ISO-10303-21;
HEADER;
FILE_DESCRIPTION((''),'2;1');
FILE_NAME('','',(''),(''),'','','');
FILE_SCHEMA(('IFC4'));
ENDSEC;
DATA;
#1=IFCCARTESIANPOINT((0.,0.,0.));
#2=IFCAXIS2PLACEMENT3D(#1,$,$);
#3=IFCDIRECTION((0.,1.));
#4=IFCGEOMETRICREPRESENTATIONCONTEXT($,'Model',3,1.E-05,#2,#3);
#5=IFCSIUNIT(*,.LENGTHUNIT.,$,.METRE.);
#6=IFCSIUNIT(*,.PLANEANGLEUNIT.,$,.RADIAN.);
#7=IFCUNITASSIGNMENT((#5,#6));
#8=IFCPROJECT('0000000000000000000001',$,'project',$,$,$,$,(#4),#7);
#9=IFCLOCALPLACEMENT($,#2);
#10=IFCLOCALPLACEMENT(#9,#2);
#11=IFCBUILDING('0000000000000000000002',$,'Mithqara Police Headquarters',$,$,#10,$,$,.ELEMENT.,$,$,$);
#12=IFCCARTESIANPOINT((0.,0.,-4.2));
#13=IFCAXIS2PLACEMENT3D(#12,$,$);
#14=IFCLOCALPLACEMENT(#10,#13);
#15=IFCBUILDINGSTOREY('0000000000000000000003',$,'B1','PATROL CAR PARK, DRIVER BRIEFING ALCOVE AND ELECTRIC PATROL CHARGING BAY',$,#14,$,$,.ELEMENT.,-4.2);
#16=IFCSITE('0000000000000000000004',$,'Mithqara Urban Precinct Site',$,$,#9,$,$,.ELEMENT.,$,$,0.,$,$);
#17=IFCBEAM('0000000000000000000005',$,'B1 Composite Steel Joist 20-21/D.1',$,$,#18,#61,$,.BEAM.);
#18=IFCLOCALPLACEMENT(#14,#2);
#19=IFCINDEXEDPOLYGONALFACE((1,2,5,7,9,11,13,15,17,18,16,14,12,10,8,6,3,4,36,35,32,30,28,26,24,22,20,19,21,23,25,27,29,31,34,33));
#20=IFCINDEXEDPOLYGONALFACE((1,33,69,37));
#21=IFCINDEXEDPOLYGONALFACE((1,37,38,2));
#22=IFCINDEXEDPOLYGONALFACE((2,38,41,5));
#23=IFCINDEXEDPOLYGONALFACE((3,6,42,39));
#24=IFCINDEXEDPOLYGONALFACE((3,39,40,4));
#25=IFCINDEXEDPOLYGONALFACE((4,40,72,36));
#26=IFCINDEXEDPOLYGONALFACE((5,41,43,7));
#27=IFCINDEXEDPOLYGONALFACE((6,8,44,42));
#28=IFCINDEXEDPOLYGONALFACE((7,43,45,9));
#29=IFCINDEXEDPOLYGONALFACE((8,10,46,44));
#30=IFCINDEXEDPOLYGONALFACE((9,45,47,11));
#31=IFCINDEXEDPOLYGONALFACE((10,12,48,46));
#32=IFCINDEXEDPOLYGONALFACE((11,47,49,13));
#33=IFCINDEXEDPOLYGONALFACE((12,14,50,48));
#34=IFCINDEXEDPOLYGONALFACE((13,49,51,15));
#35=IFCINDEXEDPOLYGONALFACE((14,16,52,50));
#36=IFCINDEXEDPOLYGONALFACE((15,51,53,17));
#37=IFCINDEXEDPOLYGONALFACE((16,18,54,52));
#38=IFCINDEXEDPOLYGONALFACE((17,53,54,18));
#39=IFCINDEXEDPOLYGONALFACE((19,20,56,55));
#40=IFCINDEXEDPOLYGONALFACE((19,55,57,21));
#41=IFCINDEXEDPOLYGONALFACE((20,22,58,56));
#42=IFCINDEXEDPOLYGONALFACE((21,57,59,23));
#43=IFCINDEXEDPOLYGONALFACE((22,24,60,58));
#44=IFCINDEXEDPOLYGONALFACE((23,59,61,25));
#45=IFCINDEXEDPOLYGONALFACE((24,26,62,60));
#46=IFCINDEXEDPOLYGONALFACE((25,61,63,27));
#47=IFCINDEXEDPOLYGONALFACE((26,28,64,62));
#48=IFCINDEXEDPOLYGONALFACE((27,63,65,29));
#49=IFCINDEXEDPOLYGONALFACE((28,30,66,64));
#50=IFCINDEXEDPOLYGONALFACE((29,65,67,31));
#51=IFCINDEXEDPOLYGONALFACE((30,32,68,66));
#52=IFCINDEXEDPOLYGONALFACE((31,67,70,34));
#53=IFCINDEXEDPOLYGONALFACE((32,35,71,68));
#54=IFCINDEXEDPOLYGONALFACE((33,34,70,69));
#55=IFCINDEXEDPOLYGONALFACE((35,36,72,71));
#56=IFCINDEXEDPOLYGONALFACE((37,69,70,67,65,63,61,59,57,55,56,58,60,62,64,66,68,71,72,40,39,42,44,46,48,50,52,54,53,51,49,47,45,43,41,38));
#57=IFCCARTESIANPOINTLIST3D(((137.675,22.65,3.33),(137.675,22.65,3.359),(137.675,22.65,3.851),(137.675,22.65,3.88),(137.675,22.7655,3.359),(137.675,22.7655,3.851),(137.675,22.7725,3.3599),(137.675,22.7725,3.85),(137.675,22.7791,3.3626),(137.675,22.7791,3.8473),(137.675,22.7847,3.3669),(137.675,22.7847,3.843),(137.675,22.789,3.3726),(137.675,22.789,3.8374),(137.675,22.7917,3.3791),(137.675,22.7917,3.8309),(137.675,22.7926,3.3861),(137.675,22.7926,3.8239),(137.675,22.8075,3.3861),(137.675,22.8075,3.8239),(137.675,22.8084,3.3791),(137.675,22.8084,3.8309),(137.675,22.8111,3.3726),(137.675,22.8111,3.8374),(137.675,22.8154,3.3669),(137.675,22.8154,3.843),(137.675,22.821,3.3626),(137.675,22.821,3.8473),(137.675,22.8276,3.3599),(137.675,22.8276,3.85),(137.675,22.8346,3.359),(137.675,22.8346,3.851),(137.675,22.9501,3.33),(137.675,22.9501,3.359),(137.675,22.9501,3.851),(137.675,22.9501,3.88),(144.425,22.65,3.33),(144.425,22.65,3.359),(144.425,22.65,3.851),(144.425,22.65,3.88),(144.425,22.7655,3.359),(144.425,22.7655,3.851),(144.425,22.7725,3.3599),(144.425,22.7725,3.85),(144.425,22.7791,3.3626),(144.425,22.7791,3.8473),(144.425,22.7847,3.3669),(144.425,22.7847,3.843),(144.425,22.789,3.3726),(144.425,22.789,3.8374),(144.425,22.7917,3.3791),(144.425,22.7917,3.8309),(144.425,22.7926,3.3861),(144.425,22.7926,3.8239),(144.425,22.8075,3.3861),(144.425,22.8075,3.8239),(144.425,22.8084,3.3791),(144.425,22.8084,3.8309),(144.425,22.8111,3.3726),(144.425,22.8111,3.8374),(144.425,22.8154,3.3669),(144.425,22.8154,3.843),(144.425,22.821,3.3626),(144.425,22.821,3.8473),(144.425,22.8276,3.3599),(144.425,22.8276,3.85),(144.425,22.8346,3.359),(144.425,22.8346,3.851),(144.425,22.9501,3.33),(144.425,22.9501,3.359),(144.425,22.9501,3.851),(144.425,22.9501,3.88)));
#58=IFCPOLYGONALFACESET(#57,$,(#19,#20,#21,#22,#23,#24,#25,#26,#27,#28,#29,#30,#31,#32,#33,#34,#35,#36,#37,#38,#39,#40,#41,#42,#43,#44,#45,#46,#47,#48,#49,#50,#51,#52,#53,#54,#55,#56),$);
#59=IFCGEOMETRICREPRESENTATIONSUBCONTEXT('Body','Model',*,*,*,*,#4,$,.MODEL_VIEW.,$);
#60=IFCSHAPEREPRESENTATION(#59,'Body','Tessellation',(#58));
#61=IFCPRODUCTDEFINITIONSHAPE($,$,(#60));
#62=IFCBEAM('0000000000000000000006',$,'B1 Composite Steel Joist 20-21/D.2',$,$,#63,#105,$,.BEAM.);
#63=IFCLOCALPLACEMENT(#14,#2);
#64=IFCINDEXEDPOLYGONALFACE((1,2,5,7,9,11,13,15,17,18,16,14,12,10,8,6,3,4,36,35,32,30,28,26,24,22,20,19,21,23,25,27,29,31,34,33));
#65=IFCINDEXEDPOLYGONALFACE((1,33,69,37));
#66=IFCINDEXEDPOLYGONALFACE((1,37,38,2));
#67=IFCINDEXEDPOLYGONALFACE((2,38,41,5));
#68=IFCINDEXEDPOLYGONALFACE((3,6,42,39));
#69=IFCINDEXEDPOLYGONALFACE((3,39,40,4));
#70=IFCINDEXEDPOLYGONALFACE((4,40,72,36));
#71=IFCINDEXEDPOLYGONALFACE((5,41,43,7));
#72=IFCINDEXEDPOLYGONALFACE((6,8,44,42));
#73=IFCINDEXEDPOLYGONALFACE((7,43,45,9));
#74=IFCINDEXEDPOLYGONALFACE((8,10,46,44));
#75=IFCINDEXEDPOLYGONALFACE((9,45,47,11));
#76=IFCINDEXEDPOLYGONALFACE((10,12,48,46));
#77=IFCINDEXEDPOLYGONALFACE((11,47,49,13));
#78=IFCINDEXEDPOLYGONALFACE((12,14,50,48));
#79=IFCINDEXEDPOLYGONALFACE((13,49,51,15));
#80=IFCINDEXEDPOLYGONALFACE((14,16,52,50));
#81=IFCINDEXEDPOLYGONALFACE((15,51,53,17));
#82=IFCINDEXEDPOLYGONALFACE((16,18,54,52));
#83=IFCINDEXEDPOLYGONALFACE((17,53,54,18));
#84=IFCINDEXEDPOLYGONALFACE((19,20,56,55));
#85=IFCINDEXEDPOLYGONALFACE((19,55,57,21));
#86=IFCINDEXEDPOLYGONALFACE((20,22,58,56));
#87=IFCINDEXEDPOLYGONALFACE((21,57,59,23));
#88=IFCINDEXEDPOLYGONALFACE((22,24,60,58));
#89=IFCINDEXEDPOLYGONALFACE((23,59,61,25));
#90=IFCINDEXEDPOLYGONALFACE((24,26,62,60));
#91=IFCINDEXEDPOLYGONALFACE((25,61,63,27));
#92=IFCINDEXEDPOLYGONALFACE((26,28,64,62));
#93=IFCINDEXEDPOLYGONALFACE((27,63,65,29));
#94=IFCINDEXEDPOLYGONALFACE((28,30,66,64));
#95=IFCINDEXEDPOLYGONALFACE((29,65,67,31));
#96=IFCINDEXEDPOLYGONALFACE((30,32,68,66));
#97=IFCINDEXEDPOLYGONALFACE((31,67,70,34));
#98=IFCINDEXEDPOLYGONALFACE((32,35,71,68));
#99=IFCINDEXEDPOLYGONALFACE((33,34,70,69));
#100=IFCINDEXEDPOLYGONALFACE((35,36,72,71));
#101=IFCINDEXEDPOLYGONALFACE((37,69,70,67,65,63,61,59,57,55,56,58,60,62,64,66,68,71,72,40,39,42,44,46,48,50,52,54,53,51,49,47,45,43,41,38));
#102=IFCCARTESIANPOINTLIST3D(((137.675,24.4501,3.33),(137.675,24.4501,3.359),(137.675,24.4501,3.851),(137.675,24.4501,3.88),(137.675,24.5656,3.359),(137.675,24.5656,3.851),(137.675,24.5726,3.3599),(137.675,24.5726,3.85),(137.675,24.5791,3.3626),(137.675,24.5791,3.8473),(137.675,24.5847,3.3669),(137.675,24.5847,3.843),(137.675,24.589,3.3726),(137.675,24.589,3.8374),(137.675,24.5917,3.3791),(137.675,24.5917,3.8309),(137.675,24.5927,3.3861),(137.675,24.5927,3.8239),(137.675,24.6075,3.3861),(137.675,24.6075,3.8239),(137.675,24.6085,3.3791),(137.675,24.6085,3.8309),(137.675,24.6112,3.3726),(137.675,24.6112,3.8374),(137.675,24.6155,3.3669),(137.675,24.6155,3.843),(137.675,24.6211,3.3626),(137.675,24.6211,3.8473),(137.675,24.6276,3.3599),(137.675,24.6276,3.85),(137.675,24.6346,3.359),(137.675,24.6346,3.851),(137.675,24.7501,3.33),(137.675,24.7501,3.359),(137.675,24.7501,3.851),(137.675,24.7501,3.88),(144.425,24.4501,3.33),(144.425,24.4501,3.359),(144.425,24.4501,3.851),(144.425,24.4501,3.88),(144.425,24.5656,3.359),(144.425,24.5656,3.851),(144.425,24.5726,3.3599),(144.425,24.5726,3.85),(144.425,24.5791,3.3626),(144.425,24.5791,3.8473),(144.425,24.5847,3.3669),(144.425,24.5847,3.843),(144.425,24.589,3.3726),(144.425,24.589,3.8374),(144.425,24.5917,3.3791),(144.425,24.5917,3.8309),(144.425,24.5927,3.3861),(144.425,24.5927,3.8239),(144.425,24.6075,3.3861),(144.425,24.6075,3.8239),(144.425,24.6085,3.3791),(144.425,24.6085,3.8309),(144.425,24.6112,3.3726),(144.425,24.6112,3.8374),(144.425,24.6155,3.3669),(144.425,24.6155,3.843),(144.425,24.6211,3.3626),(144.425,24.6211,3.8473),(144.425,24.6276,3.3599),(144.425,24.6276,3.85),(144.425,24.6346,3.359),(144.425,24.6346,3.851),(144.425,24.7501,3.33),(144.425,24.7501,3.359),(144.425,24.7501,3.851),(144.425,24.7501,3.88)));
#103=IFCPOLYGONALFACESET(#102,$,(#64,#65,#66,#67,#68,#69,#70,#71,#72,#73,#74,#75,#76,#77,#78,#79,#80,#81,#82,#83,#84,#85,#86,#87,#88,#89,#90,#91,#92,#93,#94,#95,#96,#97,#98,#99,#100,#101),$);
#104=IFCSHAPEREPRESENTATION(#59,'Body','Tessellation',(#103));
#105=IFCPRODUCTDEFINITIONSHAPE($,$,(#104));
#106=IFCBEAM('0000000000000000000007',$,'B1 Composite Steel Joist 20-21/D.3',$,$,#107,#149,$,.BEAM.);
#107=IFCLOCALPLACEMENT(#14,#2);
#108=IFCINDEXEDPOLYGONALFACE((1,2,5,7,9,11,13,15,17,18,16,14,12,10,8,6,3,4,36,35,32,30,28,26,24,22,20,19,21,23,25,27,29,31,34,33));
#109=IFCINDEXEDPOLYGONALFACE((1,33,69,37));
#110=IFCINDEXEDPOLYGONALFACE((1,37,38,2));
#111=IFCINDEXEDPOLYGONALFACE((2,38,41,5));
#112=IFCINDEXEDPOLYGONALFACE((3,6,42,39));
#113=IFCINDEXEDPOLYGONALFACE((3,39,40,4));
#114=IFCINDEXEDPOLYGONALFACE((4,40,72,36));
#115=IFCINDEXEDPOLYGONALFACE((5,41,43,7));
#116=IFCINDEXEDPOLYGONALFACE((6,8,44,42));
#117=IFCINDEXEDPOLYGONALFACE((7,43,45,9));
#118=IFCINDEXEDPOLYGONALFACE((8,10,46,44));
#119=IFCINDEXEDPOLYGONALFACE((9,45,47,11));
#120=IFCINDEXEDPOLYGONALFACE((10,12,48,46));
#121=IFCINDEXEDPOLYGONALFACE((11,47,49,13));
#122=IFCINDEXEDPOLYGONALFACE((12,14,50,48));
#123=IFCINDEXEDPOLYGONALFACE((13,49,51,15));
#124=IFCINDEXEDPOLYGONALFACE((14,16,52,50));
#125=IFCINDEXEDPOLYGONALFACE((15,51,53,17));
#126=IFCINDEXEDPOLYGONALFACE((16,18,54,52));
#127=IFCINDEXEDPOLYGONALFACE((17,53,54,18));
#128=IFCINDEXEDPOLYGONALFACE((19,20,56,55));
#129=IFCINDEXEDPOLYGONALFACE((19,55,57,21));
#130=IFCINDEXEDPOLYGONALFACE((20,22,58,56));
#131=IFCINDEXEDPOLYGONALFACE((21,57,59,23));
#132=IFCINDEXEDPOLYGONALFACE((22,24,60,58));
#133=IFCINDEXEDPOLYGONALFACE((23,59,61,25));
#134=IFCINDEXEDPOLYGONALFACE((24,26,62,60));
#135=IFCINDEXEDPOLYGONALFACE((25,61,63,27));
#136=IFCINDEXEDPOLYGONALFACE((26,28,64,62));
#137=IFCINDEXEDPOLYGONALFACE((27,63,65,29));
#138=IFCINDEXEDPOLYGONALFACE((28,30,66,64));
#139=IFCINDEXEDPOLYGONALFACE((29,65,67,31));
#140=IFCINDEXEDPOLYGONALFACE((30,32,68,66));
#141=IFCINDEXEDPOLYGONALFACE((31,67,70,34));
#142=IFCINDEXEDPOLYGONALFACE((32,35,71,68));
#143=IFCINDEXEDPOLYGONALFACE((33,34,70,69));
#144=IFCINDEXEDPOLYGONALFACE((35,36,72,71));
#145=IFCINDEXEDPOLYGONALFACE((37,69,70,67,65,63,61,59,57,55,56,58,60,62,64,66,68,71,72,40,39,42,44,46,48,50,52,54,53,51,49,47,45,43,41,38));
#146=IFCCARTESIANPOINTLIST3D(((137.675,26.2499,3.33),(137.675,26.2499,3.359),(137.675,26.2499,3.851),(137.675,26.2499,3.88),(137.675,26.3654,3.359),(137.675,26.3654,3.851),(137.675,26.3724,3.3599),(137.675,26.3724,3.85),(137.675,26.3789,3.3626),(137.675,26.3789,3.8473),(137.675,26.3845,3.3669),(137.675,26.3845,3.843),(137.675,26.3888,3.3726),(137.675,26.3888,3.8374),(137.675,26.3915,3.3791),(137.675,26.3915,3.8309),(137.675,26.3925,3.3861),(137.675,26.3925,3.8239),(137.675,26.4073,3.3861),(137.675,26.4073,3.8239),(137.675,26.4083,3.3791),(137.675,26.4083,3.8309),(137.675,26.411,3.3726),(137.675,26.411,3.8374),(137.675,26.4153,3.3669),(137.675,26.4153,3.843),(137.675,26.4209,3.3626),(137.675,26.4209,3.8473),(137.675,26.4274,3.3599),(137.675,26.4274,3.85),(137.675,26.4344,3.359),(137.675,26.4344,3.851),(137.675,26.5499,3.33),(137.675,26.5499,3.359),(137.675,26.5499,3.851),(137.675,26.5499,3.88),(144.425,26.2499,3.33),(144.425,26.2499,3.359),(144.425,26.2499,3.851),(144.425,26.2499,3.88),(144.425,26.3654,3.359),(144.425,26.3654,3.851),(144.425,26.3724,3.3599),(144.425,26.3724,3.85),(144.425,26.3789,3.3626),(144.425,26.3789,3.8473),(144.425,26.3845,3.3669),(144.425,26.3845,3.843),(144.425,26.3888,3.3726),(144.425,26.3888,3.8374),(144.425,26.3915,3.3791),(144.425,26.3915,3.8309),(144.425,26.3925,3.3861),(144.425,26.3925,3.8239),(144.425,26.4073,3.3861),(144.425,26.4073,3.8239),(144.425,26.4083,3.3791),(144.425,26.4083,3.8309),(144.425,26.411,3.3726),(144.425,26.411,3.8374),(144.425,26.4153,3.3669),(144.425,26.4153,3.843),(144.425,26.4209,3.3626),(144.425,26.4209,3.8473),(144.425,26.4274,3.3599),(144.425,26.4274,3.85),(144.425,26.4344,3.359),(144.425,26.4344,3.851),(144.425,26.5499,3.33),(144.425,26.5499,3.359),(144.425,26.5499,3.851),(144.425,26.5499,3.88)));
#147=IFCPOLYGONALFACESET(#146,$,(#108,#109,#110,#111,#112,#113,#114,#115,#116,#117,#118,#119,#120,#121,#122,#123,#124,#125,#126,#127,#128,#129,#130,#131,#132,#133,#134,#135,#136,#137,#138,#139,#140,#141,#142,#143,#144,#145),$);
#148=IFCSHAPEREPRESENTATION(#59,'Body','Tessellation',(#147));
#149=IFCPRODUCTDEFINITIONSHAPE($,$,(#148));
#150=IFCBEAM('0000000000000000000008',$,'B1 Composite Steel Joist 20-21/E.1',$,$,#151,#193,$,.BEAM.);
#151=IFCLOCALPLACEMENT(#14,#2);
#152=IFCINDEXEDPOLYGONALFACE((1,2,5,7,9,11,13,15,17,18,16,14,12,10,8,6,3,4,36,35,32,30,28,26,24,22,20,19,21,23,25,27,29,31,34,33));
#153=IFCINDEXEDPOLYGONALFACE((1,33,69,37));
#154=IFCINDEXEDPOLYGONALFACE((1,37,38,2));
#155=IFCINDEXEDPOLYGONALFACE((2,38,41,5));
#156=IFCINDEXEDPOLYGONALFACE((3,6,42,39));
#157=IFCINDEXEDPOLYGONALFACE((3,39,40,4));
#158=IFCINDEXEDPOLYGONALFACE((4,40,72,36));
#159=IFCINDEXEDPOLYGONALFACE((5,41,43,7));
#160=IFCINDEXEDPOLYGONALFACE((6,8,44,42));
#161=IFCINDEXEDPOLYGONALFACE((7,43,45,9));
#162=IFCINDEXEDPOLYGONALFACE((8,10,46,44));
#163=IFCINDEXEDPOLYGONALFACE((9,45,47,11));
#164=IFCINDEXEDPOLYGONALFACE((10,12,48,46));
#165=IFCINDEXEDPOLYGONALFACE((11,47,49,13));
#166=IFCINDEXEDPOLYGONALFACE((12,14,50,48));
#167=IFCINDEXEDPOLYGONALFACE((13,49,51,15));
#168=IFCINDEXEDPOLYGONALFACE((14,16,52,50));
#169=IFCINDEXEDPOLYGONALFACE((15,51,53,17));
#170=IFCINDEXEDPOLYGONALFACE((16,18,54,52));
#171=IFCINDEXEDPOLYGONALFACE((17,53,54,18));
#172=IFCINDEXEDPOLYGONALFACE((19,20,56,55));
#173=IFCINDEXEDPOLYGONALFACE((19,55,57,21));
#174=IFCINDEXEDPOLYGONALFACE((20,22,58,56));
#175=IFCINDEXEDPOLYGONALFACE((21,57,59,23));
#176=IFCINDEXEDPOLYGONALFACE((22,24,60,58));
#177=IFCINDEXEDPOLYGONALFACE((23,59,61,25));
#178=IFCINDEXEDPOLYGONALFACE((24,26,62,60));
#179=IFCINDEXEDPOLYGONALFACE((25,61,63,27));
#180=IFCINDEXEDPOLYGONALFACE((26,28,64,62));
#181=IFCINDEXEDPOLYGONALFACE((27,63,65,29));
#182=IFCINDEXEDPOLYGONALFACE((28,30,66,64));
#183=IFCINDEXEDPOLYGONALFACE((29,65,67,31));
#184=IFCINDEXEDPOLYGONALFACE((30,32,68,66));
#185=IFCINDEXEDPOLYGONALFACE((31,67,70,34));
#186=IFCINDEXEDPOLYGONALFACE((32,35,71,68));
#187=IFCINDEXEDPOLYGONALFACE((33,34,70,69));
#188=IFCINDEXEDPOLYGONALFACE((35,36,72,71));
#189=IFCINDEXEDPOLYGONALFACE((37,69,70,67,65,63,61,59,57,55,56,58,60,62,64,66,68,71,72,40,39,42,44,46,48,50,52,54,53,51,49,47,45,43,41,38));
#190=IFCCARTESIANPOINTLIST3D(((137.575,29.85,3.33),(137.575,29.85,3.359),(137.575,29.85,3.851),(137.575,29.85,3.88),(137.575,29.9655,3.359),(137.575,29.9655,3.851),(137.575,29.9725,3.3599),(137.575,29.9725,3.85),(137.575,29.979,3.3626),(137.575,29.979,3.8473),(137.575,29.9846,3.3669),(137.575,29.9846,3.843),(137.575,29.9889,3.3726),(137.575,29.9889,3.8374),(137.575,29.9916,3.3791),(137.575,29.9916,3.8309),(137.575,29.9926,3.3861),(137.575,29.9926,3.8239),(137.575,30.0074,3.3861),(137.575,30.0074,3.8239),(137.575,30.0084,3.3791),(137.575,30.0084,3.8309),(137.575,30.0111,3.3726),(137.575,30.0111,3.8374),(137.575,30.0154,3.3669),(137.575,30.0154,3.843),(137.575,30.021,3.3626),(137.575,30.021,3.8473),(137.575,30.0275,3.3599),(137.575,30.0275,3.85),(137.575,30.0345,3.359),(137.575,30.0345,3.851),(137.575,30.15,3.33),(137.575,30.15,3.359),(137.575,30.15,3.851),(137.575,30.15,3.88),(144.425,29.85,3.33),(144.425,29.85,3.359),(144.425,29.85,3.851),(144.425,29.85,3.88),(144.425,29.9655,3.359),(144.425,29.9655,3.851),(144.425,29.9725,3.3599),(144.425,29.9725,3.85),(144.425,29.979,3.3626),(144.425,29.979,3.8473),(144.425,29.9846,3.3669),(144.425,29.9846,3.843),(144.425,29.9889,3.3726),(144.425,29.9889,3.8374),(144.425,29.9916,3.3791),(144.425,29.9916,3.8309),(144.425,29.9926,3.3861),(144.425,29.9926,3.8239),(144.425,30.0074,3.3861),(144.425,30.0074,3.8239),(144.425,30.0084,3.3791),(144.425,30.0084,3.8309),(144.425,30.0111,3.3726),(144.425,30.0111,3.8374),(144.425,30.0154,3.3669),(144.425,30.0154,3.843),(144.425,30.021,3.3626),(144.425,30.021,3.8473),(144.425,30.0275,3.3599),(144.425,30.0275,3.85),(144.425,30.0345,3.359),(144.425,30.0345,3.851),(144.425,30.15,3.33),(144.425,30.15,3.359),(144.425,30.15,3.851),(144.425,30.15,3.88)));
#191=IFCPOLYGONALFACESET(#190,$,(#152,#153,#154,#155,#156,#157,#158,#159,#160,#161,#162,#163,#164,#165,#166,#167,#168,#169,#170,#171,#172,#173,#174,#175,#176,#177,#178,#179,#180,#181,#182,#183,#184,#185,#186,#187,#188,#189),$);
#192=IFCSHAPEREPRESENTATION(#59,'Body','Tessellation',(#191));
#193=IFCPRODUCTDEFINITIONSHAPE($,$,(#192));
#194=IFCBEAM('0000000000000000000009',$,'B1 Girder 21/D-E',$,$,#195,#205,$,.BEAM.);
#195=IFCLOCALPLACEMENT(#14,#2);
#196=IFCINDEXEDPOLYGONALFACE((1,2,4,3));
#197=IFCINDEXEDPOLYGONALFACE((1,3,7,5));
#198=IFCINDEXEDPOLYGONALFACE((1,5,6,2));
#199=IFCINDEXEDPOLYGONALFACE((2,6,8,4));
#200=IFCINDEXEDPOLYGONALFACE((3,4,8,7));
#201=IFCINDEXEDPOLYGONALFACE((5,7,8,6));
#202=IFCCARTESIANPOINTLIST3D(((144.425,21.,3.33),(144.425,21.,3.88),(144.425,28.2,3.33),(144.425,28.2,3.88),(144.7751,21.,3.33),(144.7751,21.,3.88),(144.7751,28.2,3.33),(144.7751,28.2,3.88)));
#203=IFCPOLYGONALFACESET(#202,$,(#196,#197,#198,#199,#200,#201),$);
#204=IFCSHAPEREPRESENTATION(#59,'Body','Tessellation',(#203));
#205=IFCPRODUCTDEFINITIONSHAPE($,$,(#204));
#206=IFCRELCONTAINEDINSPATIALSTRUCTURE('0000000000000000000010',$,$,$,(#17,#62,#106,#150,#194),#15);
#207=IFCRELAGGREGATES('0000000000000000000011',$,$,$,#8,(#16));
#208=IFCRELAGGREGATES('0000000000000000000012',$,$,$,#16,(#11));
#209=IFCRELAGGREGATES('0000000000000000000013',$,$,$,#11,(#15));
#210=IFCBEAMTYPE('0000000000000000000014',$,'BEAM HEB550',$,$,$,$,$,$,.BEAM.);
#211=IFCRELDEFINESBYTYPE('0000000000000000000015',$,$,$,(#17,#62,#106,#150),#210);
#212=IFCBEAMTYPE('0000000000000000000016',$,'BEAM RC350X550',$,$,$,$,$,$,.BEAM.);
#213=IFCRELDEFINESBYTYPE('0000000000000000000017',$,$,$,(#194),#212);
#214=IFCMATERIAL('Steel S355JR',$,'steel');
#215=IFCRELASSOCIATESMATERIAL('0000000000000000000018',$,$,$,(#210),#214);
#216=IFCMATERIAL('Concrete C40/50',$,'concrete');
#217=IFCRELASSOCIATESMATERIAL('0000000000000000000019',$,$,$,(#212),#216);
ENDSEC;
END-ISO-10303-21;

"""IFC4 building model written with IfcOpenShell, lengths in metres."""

from ifc_helpers import new_model, si_unit, direction, frame, origin, origin_2d, place, context, subcontext, project, spatial, rectangle, i_section, extrude, material, material_profile, profile_set, type_object, element, save


model = new_model("IFC4")

# Units and contexts
model_context = context("Model", 3, precision=1e-05, world=origin(), true_north=direction((0.0, 1.0)))
body_context = subcontext(model_context, "Body", "Model", "MODEL_VIEW")
ifc_project = project(units=[si_unit("LENGTHUNIT", "METRE"), si_unit("PLANEANGLEUNIT", "RADIAN")], contexts=[model_context])

# Site, building, storey
site_placement = place(None, origin())
site = spatial("IfcSite", under=ifc_project, at=site_placement, Name="Mithqara Urban Precinct Site", CompositionType="ELEMENT", RefElevation=0.0)
building_placement = place(site_placement, origin())
building = spatial("IfcBuilding", under=site, at=building_placement, Name="Mithqara Police Headquarters", CompositionType="ELEMENT")
storey_placement = place(building_placement, frame((0.0, 0.0, -4.2)))
storey = spatial("IfcBuildingStorey", under=building, at=storey_placement, Name="B1", Description="PATROL CAR PARK, DRIVER BRIEFING ALCOVE AND ELECTRIC PATROL CHARGING BAY", CompositionType="ELEMENT", Elevation=-4.2)

# Shared definitions
ifc_material_1 = material(Name="Concrete C40/50", Category="concrete")

# Beams
ifc_material_2 = material(Name="Steel S355JR", Category="steel")
ifc_material_profile_1 = material_profile(ifc_material_2, i_section(OverallWidth=0.3, OverallDepth=0.55, WebThickness=0.0149, FlangeThickness=0.0291, FilletRadius=0.0271, at=origin_2d()), Name="HEB 550")
ifc_profile_set_1 = profile_set([ifc_material_profile_1], Name="Steel S355JR")
beam_type_1 = type_object("IfcBeamType", Name="BEAM HEB550", PredefinedType="BEAM", material=ifc_profile_set_1)
for number, where, z_axis, x_axis, name in (
    (1, (137.675, 22.8, 3.605), (1.0, 0.0, 0.0), (0.0, 1.0, 0.0), "B1 Composite Steel Joist 20-21/D.1"),
    (2, (137.675, 24.6001, 3.605), (1.0, 0.0, 0.0), (0.0, 1.0, 0.0), "B1 Composite Steel Joist 20-21/D.2"),
    (3, (137.675, 26.3999, 3.605), (1.0, 0.0, 0.0), (0.0, 1.0, 0.0), "B1 Composite Steel Joist 20-21/D.3"),
):
    element("IfcBeam", number, at=place(storey_placement, frame(where, z_axis=z_axis, x_axis=x_axis)), inside=storey, type_object=beam_type_1, Name=name, PredefinedType="BEAM", context=body_context, shape_type="SweptSolid", body=[
        extrude(i_section(OverallWidth=0.3, OverallDepth=0.55, WebThickness=0.0149, FlangeThickness=0.0291, FilletRadius=0.0271, at=origin_2d()), origin(), (0.0, 0.0, 1.0), 6.75),
    ])
beam_1_placement = place(storey_placement, frame((137.575, 30.0, 3.605), z_axis=(1.0, 0.0, 0.0), x_axis=(0.0, 1.0, 0.0)))
element("IfcBeam", 4, at=beam_1_placement, inside=storey, type_object=beam_type_1, Name="B1 Composite Steel Joist 20-21/E.1", PredefinedType="BEAM", context=body_context, shape_type="SweptSolid", body=[
    extrude(i_section(OverallWidth=0.3, OverallDepth=0.55, WebThickness=0.0149, FlangeThickness=0.0291, FilletRadius=0.0271, at=origin_2d()), origin(), (0.0, 0.0, 1.0), 6.8501),
])
ifc_material_profile_2 = material_profile(ifc_material_1, rectangle(XDim=0.3501, YDim=0.55, at=origin_2d()), Name="RC 350x550")
ifc_profile_set_2 = profile_set([ifc_material_profile_2], Name="Concrete C40/50")
beam_type_2 = type_object("IfcBeamType", Name="BEAM RC350X550", PredefinedType="BEAM", material=ifc_profile_set_2)
beam_2_placement = place(storey_placement, frame((144.6001, 21.0, 3.605), z_axis=(0.0, 1.0, 0.0), x_axis=(-1.0, 0.0, 0.0)))
element("IfcBeam", 5, at=beam_2_placement, inside=storey, type_object=beam_type_2, Name="B1 Girder 21/D-E", PredefinedType="BEAM", context=body_context, shape_type="SweptSolid", body=[
    extrude(rectangle(XDim=0.3501, YDim=0.55, at=origin_2d()), origin(), (0.0, 0.0, 1.0), 7.2),
])

save(model, "model.ifc")
